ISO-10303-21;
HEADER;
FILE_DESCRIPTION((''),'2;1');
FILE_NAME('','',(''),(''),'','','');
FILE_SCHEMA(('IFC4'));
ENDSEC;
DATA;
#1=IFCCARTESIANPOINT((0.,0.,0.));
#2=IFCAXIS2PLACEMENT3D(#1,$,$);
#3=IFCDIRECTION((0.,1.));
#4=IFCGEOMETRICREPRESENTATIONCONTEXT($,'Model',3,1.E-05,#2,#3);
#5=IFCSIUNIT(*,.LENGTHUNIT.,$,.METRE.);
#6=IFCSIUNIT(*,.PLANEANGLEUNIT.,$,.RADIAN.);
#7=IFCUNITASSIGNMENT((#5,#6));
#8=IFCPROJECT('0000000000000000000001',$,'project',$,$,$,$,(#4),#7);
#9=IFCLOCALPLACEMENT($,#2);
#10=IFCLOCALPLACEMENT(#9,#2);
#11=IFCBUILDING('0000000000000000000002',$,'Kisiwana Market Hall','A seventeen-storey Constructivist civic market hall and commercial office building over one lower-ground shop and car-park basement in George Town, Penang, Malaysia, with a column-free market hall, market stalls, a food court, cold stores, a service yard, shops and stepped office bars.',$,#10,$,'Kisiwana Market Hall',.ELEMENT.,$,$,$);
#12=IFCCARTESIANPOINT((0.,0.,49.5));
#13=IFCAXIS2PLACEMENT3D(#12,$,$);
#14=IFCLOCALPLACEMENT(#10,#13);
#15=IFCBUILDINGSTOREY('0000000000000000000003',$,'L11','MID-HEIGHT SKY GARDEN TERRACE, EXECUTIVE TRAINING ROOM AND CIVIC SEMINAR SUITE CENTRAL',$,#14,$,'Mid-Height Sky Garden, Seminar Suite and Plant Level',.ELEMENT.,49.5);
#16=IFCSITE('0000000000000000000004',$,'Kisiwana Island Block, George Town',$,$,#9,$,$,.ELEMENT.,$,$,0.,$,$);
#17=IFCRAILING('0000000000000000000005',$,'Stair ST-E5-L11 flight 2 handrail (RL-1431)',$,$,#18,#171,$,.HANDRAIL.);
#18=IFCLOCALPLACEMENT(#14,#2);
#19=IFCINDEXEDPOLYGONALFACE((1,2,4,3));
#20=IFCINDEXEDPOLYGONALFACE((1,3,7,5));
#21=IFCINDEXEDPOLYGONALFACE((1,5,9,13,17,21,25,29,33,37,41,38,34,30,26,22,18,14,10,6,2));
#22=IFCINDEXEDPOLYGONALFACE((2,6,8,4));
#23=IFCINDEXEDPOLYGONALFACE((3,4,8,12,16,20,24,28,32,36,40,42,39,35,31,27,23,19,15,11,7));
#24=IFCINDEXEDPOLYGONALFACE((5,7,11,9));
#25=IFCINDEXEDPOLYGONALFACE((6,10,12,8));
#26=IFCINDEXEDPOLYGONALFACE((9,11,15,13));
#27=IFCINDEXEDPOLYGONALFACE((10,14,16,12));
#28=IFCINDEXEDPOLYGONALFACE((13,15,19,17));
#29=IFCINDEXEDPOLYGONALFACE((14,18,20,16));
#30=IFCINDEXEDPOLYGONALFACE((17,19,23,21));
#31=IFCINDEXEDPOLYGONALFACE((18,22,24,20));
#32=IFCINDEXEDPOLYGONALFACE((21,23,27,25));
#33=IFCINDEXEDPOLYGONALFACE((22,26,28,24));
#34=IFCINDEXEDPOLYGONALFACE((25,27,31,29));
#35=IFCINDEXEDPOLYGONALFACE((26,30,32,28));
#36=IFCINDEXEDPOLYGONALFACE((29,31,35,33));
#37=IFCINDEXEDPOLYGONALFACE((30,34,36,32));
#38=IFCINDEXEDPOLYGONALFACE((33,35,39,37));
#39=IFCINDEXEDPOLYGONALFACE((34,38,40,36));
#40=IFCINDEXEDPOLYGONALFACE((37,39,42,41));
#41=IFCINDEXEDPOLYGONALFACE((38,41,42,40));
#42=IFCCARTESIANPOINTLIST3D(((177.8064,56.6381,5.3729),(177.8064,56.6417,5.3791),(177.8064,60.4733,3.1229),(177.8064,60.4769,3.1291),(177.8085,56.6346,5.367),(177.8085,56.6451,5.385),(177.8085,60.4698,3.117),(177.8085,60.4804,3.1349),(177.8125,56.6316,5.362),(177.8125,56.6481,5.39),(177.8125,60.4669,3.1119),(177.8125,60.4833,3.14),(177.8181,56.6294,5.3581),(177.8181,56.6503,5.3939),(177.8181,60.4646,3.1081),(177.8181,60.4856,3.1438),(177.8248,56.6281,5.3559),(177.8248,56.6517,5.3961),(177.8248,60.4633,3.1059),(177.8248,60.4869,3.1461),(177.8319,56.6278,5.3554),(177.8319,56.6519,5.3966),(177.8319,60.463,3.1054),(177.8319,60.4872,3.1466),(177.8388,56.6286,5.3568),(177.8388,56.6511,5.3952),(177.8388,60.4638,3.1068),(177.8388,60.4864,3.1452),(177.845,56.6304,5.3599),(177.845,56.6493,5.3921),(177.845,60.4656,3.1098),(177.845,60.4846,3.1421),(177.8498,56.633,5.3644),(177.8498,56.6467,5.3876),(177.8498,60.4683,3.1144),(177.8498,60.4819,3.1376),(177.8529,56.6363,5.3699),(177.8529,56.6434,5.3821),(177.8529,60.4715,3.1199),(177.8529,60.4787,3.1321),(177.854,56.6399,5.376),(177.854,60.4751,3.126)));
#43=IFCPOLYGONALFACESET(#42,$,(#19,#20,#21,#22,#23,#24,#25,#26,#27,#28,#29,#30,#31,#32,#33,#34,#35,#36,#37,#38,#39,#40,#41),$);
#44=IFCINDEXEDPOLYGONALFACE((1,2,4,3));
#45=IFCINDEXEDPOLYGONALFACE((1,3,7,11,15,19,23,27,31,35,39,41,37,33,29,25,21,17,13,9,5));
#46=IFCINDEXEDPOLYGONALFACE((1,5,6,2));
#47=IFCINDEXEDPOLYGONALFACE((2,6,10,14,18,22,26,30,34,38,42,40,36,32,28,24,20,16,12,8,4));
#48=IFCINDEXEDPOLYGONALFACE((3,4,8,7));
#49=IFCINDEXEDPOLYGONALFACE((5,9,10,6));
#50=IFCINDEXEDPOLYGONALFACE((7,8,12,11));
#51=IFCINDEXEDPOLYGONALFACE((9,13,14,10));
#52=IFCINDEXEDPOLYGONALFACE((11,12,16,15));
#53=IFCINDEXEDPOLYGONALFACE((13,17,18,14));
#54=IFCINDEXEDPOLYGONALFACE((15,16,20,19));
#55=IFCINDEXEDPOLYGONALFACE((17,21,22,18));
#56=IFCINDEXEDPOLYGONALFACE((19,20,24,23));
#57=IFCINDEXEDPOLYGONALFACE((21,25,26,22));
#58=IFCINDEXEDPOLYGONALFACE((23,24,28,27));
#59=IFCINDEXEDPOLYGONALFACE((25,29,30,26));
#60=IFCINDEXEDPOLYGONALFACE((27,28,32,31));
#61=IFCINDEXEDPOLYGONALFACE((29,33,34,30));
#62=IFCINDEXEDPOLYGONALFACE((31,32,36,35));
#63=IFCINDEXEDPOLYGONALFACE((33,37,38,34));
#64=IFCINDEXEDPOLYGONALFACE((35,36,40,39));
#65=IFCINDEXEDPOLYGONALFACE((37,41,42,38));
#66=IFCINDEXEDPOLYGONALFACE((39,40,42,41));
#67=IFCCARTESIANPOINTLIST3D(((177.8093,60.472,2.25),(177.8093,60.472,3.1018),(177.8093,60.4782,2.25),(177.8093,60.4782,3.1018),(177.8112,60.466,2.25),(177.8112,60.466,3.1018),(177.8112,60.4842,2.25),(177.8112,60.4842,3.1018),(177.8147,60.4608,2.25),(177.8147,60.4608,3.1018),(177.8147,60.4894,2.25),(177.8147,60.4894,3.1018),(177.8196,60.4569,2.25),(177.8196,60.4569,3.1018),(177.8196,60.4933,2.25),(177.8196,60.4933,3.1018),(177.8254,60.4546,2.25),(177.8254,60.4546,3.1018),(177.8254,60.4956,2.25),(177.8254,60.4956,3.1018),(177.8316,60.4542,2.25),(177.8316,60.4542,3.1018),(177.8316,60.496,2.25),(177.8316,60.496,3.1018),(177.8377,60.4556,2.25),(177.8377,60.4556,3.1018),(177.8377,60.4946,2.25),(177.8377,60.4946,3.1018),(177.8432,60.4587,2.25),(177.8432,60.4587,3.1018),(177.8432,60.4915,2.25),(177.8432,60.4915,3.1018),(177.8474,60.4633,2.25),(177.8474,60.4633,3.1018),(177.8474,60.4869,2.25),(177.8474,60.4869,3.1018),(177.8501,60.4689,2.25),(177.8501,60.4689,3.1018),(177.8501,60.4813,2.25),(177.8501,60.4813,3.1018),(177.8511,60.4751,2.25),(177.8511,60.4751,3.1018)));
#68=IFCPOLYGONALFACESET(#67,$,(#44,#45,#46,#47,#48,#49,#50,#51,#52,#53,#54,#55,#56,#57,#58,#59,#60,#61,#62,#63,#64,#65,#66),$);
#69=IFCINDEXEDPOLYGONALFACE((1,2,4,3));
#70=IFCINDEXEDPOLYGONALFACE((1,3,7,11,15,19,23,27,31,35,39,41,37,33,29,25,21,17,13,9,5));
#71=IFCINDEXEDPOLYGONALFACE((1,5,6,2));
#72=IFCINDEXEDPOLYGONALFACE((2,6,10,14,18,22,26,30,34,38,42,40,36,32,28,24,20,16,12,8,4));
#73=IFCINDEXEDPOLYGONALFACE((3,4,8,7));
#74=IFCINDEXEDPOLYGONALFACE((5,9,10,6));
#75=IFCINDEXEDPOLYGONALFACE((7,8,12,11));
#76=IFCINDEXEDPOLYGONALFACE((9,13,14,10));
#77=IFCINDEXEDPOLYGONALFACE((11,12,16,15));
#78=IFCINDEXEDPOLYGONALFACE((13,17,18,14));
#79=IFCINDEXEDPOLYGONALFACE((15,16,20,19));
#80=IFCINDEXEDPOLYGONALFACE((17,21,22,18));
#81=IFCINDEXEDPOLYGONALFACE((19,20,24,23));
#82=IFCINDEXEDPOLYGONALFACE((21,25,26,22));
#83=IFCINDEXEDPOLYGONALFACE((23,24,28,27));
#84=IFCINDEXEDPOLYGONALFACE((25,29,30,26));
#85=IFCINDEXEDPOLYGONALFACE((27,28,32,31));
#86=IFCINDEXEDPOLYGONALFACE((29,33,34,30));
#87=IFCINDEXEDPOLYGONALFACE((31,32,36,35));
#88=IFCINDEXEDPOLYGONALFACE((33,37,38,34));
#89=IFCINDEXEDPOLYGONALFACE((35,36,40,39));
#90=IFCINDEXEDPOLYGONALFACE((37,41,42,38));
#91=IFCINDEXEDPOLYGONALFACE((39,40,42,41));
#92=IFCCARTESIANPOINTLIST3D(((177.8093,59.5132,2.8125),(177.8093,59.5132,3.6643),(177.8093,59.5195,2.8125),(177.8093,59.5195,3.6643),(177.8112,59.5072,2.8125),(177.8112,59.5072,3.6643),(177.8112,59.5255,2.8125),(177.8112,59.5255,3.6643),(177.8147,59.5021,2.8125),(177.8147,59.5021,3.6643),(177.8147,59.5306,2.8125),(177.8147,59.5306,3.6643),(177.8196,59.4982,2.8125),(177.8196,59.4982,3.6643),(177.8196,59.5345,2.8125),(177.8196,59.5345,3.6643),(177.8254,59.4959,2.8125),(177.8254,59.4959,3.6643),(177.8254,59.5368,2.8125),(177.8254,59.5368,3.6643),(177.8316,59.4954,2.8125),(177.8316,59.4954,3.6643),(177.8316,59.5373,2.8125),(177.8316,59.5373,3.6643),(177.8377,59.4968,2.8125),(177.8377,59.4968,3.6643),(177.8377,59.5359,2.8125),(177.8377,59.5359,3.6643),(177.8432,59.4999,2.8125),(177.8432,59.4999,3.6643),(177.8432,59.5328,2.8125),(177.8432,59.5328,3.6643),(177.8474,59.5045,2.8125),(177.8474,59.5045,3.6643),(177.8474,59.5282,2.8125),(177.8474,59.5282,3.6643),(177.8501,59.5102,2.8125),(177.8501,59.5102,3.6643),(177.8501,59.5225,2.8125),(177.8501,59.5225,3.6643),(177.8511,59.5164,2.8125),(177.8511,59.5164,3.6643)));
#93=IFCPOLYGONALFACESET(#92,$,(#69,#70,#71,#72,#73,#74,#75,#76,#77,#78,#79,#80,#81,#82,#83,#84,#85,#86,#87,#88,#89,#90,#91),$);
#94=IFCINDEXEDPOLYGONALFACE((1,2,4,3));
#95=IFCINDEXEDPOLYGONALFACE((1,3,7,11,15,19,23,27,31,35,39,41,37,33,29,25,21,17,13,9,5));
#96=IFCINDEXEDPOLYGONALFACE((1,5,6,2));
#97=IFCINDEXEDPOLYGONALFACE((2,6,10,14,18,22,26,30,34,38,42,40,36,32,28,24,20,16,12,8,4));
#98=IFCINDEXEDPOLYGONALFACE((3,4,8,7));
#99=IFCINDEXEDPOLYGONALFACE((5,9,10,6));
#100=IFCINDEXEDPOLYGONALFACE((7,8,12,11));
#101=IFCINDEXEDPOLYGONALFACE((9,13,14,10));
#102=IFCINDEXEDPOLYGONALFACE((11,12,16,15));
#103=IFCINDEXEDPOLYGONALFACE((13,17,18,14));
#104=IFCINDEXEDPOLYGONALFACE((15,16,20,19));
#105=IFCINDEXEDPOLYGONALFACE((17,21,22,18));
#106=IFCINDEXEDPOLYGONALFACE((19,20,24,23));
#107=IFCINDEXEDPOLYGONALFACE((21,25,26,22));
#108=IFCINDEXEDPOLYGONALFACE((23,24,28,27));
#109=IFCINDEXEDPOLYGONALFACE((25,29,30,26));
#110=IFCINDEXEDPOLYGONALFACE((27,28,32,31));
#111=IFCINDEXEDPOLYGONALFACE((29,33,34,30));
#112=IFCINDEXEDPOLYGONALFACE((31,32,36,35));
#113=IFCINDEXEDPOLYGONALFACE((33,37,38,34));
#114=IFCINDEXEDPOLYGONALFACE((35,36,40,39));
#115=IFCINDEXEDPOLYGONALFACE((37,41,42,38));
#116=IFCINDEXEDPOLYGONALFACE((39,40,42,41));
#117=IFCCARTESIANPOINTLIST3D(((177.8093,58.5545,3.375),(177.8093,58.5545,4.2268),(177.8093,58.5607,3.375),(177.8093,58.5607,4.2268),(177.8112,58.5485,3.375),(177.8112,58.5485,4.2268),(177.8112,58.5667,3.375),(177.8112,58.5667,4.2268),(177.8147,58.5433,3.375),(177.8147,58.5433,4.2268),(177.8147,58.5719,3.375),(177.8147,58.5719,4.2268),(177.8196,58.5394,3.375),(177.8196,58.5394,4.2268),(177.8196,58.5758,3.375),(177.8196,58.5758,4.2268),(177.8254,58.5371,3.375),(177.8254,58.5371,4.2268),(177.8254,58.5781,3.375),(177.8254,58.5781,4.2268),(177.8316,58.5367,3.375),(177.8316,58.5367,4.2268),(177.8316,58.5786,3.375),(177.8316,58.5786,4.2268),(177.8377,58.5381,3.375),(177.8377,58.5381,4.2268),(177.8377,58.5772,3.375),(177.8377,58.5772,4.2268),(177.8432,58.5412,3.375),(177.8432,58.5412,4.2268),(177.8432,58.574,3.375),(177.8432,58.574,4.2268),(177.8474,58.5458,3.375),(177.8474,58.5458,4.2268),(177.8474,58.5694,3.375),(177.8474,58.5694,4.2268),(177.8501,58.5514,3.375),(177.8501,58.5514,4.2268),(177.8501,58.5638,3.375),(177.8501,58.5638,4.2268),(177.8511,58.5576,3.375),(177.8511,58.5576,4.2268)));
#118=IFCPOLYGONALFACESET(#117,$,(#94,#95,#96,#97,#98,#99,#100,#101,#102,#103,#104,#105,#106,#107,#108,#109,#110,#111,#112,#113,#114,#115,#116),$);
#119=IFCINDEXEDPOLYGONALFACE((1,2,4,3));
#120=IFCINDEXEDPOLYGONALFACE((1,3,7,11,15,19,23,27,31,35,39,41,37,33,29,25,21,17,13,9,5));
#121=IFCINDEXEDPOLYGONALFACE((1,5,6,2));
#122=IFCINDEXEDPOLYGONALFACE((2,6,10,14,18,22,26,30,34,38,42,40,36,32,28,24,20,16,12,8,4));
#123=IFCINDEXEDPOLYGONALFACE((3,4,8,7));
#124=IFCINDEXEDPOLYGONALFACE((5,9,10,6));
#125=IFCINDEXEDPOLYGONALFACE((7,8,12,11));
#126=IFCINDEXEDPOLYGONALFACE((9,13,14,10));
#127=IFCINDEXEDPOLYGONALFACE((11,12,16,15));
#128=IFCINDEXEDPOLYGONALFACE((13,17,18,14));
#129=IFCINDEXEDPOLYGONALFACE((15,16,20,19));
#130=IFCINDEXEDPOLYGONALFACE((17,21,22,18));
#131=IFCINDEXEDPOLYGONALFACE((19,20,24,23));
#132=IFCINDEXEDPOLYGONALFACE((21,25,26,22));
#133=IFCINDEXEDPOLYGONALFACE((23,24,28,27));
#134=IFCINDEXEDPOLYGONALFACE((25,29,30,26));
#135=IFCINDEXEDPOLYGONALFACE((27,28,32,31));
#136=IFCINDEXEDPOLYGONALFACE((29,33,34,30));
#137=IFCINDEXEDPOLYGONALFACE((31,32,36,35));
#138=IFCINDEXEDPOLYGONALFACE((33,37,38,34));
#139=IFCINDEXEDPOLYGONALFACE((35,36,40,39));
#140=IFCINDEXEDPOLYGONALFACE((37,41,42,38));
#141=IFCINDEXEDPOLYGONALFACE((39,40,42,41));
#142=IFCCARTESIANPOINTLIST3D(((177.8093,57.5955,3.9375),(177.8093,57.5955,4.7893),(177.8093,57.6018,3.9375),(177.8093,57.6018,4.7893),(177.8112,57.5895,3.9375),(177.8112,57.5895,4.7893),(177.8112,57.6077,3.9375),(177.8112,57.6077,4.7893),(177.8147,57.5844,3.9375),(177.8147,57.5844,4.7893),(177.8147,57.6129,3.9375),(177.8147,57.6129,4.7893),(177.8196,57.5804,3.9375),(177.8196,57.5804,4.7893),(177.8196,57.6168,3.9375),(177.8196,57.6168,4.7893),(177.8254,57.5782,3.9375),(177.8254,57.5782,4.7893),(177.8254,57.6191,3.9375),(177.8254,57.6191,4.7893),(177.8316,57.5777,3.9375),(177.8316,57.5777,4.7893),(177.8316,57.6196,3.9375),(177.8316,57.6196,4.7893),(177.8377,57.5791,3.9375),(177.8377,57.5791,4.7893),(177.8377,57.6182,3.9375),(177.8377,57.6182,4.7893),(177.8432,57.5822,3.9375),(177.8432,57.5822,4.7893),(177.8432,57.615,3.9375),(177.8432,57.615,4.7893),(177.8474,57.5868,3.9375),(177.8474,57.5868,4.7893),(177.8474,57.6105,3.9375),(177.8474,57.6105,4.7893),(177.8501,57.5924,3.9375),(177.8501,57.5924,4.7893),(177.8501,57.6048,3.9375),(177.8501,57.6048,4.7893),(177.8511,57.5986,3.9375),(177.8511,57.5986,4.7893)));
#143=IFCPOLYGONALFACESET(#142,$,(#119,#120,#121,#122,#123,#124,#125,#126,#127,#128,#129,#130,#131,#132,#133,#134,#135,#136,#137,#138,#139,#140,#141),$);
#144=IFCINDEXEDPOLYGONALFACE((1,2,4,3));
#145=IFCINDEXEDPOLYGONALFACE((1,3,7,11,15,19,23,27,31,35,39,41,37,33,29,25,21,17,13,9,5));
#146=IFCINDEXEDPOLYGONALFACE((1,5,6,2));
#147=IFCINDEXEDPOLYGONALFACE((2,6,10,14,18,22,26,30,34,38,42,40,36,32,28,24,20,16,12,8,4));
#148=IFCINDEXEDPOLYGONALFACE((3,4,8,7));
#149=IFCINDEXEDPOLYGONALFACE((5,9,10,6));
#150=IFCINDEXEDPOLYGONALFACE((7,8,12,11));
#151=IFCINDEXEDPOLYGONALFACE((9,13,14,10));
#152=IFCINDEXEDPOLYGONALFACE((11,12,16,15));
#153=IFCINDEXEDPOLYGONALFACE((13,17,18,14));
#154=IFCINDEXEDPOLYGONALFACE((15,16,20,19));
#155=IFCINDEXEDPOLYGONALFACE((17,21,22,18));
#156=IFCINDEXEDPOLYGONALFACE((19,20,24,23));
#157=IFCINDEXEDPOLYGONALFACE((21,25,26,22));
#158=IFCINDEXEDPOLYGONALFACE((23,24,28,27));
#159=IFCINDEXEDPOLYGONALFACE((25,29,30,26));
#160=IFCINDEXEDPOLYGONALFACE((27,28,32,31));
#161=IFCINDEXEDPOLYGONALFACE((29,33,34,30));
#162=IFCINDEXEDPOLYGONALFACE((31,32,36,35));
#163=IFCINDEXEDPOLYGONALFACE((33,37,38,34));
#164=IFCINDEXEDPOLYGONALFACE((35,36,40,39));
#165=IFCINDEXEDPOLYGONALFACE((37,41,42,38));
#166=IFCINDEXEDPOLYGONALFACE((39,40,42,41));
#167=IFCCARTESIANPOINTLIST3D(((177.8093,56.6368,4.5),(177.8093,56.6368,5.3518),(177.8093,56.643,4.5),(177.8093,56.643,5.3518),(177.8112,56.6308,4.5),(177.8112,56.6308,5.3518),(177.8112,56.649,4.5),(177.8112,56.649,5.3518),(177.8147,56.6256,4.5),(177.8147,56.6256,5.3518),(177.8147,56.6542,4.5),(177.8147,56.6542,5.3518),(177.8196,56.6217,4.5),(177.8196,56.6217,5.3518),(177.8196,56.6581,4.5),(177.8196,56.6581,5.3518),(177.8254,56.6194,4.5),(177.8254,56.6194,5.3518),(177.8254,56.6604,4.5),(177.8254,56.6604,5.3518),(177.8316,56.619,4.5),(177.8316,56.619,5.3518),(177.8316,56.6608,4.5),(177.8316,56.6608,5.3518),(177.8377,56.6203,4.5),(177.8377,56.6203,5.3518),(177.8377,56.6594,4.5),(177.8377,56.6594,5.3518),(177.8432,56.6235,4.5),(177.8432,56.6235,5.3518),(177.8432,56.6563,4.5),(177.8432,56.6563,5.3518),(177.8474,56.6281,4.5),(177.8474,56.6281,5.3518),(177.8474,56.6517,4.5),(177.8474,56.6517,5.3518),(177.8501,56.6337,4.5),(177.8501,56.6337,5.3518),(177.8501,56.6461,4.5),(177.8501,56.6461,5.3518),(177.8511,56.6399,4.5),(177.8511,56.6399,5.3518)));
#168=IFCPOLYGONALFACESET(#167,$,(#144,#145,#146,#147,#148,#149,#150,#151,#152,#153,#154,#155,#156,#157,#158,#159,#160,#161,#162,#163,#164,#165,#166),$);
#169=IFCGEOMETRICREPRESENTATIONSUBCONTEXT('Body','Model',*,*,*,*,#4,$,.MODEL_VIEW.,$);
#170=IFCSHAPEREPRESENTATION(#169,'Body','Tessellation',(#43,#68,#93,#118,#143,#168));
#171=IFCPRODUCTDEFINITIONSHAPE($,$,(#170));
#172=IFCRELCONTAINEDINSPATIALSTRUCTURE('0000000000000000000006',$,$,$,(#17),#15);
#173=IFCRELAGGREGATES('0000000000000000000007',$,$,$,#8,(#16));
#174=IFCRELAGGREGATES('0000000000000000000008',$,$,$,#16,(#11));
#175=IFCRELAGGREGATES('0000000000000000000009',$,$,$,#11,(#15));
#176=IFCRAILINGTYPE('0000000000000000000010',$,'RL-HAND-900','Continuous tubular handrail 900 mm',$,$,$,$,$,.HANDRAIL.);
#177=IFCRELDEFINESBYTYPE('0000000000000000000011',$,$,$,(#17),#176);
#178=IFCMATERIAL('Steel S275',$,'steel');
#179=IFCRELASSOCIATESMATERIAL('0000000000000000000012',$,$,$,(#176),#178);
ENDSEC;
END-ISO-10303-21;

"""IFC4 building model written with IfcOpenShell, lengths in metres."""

from ifc_helpers import new_model, si_unit, direction, frame, origin, origin_2d, place, context, subcontext, project, spatial, circle, extrude, material, type_object, element, save


model = new_model("IFC4")

# Units and contexts
model_context = context("Model", 3, precision=1e-05, world=origin(), true_north=direction((0.0, 1.0)))
body_context = subcontext(model_context, "Body", "Model", "MODEL_VIEW")
ifc_project = project(units=[si_unit("LENGTHUNIT", "METRE"), si_unit("PLANEANGLEUNIT", "RADIAN")], contexts=[model_context])

# Site, building, storey
site_placement = place(None, origin())
site = spatial("IfcSite", under=ifc_project, at=site_placement, Name="Kisiwana Island Block, George Town", CompositionType="ELEMENT", RefElevation=0.0)
building_placement = place(site_placement, origin())
building = spatial("IfcBuilding", under=site, at=building_placement, Name="Kisiwana Market Hall", Description="A seventeen-storey Constructivist civic market hall and commercial office building over one lower-ground shop and car-park basement in George Town, Penang, Malaysia, with a column-free market hall, market stalls, a food court, cold stores, a service yard, shops and stepped office bars.", LongName="Kisiwana Market Hall", CompositionType="ELEMENT")
storey_placement = place(building_placement, frame((0.0, 0.0, 49.5)))
storey = spatial("IfcBuildingStorey", under=building, at=storey_placement, Name="L11", Description="MID-HEIGHT SKY GARDEN TERRACE, EXECUTIVE TRAINING ROOM AND CIVIC SEMINAR SUITE CENTRAL", LongName="Mid-Height Sky Garden, Seminar Suite and Plant Level", CompositionType="ELEMENT", Elevation=49.5)

# Railing
ifc_material_1 = material(Name="Steel S275", Category="steel")
railing_type_1 = type_object("IfcRailingType", Name="RL-HAND-900", Description="Continuous tubular handrail 900 mm", PredefinedType="HANDRAIL", material=ifc_material_1)
railing_1_placement = place(storey_placement, frame((177.8301, 60.4751, 2.25)))
element("IfcRailing", 1, at=railing_1_placement, inside=storey, type_object=railing_type_1, Name="Stair ST-E5-L11 flight 2 handrail (RL-1431)", PredefinedType="HANDRAIL", context=body_context, shape_type="SweptSolid", body=[
    extrude(circle(Radius=0.0239, at=origin_2d()), frame((0.0, 0.0, 0.876), z_axis=(0.0, -0.862524, 0.506017), x_axis=(1.0, 0.0, 0.0)), (0.0, 0.0, 1.0), 4.4465),
    extrude(circle(Radius=0.021, at=origin_2d()), origin(), (0.0, 0.0, 1.0), 0.8518),
    extrude(circle(Radius=0.021, at=origin_2d()), frame((0.0, -0.9587, 0.5625)), (0.0, 0.0, 1.0), 0.8518),
    extrude(circle(Radius=0.021, at=origin_2d()), frame((0.0, -1.9175, 1.125)), (0.0, 0.0, 1.0), 0.8518),
    extrude(circle(Radius=0.021, at=origin_2d()), frame((0.0, -2.8765, 1.6875)), (0.0, 0.0, 1.0), 0.8518),
    extrude(circle(Radius=0.021, at=origin_2d()), frame((0.0, -3.8352, 2.25)), (0.0, 0.0, 1.0), 0.8518),
])

save(model, "model.ifc")
